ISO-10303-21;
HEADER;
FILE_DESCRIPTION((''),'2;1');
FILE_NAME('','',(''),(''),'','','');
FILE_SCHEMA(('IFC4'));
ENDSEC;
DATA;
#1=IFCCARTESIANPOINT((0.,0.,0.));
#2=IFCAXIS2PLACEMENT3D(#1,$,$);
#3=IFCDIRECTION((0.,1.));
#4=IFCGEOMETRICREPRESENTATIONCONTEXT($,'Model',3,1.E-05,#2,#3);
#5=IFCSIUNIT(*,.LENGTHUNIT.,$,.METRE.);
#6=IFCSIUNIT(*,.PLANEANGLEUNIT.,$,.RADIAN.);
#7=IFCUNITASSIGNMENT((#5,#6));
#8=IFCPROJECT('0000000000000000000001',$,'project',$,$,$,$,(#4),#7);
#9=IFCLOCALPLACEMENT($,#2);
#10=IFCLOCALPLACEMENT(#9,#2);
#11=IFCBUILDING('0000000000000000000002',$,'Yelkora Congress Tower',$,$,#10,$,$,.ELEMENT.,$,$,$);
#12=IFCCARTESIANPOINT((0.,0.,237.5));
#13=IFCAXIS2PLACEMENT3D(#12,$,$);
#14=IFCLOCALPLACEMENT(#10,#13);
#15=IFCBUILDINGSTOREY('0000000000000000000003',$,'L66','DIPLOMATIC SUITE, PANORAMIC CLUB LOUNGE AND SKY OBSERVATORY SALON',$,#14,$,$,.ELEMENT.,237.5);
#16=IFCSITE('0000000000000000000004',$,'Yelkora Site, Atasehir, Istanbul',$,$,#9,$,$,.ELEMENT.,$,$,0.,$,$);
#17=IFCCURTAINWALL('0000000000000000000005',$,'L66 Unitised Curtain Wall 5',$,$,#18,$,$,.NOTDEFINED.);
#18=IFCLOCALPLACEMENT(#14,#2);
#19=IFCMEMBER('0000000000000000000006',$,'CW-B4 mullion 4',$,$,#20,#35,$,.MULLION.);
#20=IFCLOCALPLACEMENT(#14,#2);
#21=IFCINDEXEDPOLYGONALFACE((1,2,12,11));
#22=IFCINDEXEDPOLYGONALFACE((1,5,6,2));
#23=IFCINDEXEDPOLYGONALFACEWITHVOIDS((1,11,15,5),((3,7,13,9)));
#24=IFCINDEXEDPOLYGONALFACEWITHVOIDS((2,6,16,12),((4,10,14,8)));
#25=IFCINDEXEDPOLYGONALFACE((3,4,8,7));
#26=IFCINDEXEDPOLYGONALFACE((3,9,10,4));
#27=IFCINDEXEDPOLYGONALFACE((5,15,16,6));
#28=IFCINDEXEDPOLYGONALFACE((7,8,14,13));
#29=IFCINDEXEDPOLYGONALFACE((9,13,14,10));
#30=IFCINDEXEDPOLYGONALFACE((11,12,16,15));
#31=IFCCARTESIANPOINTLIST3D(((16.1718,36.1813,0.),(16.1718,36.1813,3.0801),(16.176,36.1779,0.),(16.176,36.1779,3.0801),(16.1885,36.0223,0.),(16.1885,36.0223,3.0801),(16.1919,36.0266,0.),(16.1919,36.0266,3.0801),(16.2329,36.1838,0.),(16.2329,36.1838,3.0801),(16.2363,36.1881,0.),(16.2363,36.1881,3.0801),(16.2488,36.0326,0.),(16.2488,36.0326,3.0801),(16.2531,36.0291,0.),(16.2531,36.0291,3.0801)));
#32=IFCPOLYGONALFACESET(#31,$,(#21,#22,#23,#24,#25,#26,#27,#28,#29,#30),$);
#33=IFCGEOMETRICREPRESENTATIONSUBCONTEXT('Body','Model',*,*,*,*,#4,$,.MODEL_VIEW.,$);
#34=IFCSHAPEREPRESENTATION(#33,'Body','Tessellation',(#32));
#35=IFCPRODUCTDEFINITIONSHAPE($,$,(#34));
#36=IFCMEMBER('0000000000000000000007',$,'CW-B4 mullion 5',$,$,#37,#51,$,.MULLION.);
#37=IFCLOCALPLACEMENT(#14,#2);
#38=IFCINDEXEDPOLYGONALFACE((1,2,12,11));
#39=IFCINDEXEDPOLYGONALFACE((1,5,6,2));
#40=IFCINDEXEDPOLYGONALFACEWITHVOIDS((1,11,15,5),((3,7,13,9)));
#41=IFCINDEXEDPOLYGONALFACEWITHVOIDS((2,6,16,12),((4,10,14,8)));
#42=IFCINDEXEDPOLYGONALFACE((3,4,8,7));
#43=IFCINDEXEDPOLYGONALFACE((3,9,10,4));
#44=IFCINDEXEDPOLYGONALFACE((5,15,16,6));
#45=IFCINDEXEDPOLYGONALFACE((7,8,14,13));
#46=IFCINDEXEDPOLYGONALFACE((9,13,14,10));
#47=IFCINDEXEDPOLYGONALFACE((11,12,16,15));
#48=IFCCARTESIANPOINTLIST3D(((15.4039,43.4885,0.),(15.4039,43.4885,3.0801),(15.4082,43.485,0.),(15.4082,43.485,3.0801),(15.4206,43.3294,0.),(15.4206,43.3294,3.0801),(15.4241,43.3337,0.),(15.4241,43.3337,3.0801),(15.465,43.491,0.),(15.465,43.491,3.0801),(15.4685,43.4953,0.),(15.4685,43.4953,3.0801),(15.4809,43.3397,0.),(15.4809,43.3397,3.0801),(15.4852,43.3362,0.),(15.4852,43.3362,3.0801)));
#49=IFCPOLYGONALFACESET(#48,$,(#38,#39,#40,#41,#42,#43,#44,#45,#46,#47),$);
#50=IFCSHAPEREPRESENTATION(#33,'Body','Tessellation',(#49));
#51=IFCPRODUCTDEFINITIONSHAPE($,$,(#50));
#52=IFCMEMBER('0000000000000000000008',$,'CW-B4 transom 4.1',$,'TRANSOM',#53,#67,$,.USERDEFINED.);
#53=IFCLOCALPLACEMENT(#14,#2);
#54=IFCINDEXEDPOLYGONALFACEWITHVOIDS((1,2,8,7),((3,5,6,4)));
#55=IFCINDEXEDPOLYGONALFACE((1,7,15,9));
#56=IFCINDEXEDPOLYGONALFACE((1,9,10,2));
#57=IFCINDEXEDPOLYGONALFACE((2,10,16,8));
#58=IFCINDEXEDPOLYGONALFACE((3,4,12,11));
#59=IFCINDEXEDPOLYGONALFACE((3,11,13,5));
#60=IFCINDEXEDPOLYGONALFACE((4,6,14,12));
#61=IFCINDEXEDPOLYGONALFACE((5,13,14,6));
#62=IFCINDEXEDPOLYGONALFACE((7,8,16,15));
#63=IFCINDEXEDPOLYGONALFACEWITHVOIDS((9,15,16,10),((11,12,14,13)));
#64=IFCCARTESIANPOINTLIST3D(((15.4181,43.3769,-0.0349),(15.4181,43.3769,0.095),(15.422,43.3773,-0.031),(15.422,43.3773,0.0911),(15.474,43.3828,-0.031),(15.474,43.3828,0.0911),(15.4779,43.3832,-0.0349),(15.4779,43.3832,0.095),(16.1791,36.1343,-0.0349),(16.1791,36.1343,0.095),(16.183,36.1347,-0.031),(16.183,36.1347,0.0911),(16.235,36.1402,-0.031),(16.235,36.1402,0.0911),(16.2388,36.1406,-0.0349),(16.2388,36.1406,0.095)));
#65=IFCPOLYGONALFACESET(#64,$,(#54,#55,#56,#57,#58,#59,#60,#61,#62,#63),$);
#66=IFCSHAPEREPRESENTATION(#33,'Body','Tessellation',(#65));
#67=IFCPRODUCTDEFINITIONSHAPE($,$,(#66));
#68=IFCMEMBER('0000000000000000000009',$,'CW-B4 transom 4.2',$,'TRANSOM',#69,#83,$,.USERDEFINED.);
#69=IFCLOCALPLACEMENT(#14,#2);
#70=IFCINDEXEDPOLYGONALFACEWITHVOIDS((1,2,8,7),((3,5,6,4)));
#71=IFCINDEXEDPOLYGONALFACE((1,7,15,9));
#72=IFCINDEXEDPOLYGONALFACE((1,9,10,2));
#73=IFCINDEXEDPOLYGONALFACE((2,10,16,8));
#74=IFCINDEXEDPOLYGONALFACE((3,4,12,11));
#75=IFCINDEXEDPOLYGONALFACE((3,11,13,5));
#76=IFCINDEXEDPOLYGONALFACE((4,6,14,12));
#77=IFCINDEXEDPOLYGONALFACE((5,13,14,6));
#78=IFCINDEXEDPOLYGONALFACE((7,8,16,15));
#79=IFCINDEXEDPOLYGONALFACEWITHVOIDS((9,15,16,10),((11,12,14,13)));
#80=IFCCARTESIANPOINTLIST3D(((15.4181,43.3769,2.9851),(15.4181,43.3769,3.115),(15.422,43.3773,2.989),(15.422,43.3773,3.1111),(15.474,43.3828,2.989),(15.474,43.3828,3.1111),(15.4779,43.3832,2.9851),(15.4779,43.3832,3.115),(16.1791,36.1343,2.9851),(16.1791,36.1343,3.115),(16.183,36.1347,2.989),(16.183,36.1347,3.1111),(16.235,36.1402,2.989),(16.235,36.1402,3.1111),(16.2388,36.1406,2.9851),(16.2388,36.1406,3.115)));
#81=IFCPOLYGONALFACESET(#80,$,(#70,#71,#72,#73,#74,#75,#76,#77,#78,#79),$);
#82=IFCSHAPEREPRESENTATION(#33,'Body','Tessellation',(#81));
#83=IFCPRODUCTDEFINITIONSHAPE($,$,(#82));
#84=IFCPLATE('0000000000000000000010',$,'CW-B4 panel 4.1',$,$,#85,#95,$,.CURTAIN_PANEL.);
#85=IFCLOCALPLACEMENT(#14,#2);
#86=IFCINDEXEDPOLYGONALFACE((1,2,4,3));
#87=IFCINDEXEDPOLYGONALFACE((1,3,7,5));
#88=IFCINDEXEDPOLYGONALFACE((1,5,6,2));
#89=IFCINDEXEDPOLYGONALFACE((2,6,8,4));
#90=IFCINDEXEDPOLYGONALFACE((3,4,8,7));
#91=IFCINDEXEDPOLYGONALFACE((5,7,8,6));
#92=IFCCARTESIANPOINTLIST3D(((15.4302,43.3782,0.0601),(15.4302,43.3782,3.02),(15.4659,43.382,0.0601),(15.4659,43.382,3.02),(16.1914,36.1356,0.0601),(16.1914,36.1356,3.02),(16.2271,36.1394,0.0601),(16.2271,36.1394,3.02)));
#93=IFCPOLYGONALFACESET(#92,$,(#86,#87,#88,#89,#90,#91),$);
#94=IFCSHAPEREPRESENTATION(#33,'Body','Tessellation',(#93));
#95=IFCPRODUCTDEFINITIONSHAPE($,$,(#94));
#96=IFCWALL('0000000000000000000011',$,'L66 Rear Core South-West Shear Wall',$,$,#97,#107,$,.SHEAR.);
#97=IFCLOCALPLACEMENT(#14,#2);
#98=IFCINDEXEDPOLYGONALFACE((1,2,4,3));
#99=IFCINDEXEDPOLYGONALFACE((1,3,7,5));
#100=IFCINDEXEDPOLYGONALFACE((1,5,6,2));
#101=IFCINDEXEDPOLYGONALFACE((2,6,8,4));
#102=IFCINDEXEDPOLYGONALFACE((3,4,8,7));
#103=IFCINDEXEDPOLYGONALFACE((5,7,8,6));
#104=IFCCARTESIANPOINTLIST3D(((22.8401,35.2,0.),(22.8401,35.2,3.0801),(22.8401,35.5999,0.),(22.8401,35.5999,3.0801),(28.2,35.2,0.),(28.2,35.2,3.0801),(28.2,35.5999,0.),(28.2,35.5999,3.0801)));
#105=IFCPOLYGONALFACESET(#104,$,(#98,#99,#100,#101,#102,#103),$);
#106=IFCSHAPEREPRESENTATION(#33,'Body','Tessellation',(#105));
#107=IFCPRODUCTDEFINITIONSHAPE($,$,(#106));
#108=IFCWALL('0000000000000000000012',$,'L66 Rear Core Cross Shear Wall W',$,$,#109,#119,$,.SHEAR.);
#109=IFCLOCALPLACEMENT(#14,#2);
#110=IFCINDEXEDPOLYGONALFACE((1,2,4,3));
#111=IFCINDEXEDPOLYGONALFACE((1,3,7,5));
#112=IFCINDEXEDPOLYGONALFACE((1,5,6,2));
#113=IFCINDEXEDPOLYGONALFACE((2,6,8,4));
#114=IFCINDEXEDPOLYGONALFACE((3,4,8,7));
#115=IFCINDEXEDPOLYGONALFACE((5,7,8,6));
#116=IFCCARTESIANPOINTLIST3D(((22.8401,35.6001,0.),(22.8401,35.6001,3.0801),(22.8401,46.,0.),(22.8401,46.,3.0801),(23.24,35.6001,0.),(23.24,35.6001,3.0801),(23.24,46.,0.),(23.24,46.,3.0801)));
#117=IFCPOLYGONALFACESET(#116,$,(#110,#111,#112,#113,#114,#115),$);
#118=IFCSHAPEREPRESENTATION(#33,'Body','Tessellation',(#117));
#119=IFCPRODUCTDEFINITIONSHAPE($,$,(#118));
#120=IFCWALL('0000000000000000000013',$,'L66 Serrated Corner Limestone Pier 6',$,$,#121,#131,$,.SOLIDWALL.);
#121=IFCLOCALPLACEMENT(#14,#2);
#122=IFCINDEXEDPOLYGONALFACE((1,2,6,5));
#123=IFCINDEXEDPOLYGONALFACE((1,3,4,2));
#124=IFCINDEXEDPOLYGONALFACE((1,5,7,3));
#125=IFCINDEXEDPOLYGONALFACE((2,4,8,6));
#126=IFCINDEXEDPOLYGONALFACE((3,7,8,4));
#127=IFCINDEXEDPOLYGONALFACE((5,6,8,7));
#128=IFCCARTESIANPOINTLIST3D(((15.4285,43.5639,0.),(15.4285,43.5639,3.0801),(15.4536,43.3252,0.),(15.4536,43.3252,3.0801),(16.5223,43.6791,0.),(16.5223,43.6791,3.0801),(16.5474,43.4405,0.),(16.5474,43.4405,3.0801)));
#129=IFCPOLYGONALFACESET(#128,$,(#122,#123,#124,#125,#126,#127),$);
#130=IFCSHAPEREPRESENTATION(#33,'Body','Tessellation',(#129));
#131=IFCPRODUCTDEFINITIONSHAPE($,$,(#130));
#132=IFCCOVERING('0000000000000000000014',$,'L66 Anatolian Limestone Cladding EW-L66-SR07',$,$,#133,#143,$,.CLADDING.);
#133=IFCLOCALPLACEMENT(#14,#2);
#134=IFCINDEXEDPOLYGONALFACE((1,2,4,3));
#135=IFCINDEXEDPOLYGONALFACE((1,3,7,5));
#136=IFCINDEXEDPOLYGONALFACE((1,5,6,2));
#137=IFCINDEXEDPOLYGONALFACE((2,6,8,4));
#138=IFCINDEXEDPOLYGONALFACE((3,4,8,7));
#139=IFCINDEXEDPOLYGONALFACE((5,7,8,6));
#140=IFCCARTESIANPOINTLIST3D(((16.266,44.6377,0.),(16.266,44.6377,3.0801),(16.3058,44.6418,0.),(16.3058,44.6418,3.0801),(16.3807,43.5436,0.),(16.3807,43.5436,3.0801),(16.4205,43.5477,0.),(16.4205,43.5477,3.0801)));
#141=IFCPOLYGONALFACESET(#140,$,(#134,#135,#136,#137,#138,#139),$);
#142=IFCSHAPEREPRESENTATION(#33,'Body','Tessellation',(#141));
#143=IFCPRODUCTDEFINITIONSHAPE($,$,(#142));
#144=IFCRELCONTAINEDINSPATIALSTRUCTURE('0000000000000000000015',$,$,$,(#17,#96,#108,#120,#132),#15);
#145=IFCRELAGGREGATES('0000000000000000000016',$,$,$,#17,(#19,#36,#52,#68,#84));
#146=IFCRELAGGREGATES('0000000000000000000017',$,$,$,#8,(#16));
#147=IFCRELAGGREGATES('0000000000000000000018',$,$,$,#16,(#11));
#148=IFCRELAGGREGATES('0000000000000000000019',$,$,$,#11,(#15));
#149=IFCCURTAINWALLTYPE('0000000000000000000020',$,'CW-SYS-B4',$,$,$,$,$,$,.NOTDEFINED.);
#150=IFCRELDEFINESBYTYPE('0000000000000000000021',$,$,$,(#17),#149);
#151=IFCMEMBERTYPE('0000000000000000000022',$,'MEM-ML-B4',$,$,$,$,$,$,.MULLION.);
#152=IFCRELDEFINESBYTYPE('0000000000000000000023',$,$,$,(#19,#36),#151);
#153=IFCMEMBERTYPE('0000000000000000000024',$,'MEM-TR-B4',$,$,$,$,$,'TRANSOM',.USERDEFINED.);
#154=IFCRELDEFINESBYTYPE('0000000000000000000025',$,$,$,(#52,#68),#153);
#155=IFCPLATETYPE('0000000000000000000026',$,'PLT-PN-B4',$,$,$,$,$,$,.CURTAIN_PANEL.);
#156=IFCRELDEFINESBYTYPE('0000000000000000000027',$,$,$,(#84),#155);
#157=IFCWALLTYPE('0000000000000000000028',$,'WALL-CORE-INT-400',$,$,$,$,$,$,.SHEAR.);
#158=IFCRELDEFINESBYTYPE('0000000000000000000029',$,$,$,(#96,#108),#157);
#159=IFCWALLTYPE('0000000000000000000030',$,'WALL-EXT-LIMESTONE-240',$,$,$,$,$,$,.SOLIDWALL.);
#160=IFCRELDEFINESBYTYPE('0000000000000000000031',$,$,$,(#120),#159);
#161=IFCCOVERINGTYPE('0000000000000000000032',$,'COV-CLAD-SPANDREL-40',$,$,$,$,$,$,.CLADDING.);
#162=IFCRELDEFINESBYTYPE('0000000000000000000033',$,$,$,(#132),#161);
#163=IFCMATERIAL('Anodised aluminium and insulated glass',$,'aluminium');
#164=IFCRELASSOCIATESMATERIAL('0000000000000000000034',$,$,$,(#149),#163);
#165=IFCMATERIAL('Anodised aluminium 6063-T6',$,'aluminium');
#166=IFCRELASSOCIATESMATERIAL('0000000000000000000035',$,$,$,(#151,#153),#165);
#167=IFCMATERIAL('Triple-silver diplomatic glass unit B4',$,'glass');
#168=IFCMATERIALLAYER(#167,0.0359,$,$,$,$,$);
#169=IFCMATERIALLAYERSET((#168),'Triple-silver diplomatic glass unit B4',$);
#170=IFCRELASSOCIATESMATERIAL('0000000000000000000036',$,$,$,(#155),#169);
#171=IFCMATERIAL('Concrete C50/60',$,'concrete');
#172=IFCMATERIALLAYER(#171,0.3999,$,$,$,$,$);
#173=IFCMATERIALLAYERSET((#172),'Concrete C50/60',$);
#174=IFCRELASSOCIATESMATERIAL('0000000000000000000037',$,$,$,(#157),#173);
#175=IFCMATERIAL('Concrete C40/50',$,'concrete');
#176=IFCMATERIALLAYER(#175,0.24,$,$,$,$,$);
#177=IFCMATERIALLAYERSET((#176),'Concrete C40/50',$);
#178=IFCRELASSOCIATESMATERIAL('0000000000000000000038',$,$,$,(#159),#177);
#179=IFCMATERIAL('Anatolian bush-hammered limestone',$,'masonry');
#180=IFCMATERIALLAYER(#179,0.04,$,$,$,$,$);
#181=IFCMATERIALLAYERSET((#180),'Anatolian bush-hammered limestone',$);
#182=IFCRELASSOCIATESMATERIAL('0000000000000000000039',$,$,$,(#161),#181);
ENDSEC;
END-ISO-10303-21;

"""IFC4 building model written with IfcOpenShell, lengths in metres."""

from ifc_helpers import new_model, si_unit, direction, frame, frame_2d, origin, origin_2d, place, context, subcontext, project, spatial, rectangle, hollow_rectangle, extrude, material, layer, layer_set, material_profile, profile_set, type_object, element, aggregate, save


model = new_model("IFC4")

# Units and contexts
model_context = context("Model", 3, precision=1e-05, world=origin(), true_north=direction((0.0, 1.0)))
body_context = subcontext(model_context, "Body", "Model", "MODEL_VIEW")
ifc_project = project(units=[si_unit("LENGTHUNIT", "METRE"), si_unit("PLANEANGLEUNIT", "RADIAN")], contexts=[model_context])

# Site, building, storey
site_placement = place(None, origin())
site = spatial("IfcSite", under=ifc_project, at=site_placement, Name="Yelkora Site, Atasehir, Istanbul", CompositionType="ELEMENT", RefElevation=0.0)
building_placement = place(site_placement, origin())
building = spatial("IfcBuilding", under=site, at=building_placement, Name="Yelkora Congress Tower", CompositionType="ELEMENT")
storey_placement = place(building_placement, frame((0.0, 0.0, 237.5)))
storey = spatial("IfcBuildingStorey", under=building, at=storey_placement, Name="L66", Description="DIPLOMATIC SUITE, PANORAMIC CLUB LOUNGE AND SKY OBSERVATORY SALON", CompositionType="ELEMENT", Elevation=237.5)

# Curtain wall, members, plate
ifc_material_1 = material(Name="Anodised aluminium and insulated glass", Category="aluminium")
curtain_wall_type = type_object("IfcCurtainWallType", Name="CW-SYS-B4", PredefinedType="NOTDEFINED", material=ifc_material_1)
curtain_wall_placement = place(storey_placement, origin())
curtain_wall = element("IfcCurtainWall", 1, at=curtain_wall_placement, inside=storey, type_object=curtain_wall_type, Name="L66 Unitised Curtain Wall 5", PredefinedType="NOTDEFINED")
ifc_material_2 = material(Name="Anodised aluminium 6063-T6", Category="aluminium")
ifc_material_profile_1 = material_profile(ifc_material_2, hollow_rectangle(XDim=0.0649, YDim=0.1599, WallThickness=0.0039, at=origin_2d()), Name="ALU 65x160x4")
ifc_profile_set_1 = profile_set([ifc_material_profile_1], Name="Anodised aluminium 6063-T6")
member_type_1 = type_object("IfcMemberType", Name="MEM-ML-B4", PredefinedType="MULLION", material=ifc_profile_set_1)
member_1_placement = place(storey_placement, frame((16.2124, 36.1052, 0.0), z_axis=(0.0, 0.0, 1.0), x_axis=(-0.994522, -0.104526, 0.0)))
member_1 = element("IfcMember", 2, at=member_1_placement, type_object=member_type_1, Name="CW-B4 mullion 4", PredefinedType="MULLION", context=body_context, shape_type="SweptSolid", body=[
    extrude(hollow_rectangle(XDim=0.0649, YDim=0.1599, WallThickness=0.0039, at=origin_2d()), origin(), (0.0, 0.0, 1.0), 3.0801),
])
member_2_placement = place(storey_placement, frame((15.4446, 43.4124, 0.0), z_axis=(0.0, 0.0, 1.0), x_axis=(-0.994522, -0.104526, 0.0)))
member_2 = element("IfcMember", 3, at=member_2_placement, type_object=member_type_1, Name="CW-B4 mullion 5", PredefinedType="MULLION", context=body_context, shape_type="SweptSolid", body=[
    extrude(hollow_rectangle(XDim=0.0649, YDim=0.1599, WallThickness=0.0039, at=origin_2d()), origin(), (0.0, 0.0, 1.0), 3.0801),
])
ifc_material_profile_2 = material_profile(ifc_material_2, hollow_rectangle(XDim=0.0601, YDim=0.1299, WallThickness=0.0039, at=origin_2d()), Name="ALU 60x130x4")
ifc_profile_set_2 = profile_set([ifc_material_profile_2], Name="Anodised aluminium 6063-T6")
member_type_2 = type_object("IfcMemberType", Name="MEM-TR-B4", ElementType="TRANSOM", PredefinedType="USERDEFINED", material=ifc_profile_set_2)
member_3_placement = place(storey_placement, frame((16.209, 36.1375, 0.03), z_axis=(-0.104495, 0.994525, 0.0), x_axis=(-0.994525, -0.104495, 0.0)))
member_3 = element("IfcMember", 4, at=member_3_placement, type_object=member_type_2, Name="CW-B4 transom 4.1", ObjectType="TRANSOM", PredefinedType="USERDEFINED", context=body_context, shape_type="SweptSolid", body=[
    extrude(hollow_rectangle(XDim=0.0601, YDim=0.1299, WallThickness=0.0039, at=origin_2d()), origin(), (0.0, 0.0, 1.0), 7.2825),
])
member_4_placement = place(storey_placement, frame((16.209, 36.1375, 3.05), z_axis=(-0.104495, 0.994525, 0.0), x_axis=(-0.994525, -0.104495, 0.0)))
member_4 = element("IfcMember", 5, at=member_4_placement, type_object=member_type_2, Name="CW-B4 transom 4.2", ObjectType="TRANSOM", PredefinedType="USERDEFINED", context=body_context, shape_type="SweptSolid", body=[
    extrude(hollow_rectangle(XDim=0.0601, YDim=0.1299, WallThickness=0.0039, at=origin_2d()), origin(), (0.0, 0.0, 1.0), 7.2825),
])
ifc_material_3 = material(Name="Triple-silver diplomatic glass unit B4", Category="glass")
ifc_layer_1 = layer(ifc_material_3, 0.0359)
ifc_layer_set_1 = layer_set([ifc_layer_1], Name="Triple-silver diplomatic glass unit B4")
plate_type = type_object("IfcPlateType", Name="PLT-PN-B4", PredefinedType="CURTAIN_PANEL", material=ifc_layer_set_1)
plate_placement = place(storey_placement, frame((15.8286, 39.7588, 0.0601), z_axis=(0.0, 0.0, 1.0), x_axis=(-0.104526, 0.994522, 0.0)))
plate = element("IfcPlate", 6, at=plate_placement, type_object=plate_type, Name="CW-B4 panel 4.1", PredefinedType="CURTAIN_PANEL", context=body_context, shape_type="SweptSolid", body=[
    extrude(rectangle(XDim=7.2825, YDim=0.0359, at=origin_2d()), origin(), (0.0, 0.0, 1.0), 2.96),
])
aggregate(curtain_wall, [member_1, member_2, member_3, member_4, plate])

# Walls
ifc_material_4 = material(Name="Concrete C50/60", Category="concrete")
ifc_layer_2 = layer(ifc_material_4, 0.3999)
ifc_layer_set_2 = layer_set([ifc_layer_2], Name="Concrete C50/60")
wall_type_1 = type_object("IfcWallType", Name="WALL-CORE-INT-400", PredefinedType="SHEAR", material=ifc_layer_set_2)
wall_1_placement = place(storey_placement, frame((22.8401, 35.3999, 0.0), z_axis=(0.0, 0.0, 1.0), x_axis=(1.0, 0.0, 0.0)))
element("IfcWall", 7, at=wall_1_placement, inside=storey, type_object=wall_type_1, Name="L66 Rear Core South-West Shear Wall", PredefinedType="SHEAR", context=body_context, shape_type="SweptSolid", body=[
    extrude(rectangle(XDim=5.3599, YDim=0.3999, at=frame_2d((2.6799, 0.0))), origin(), (0.0, 0.0, 1.0), 3.0801),
])
wall_2_placement = place(storey_placement, frame((23.04, 35.6001, 0.0), z_axis=(0.0, 0.0, 1.0), x_axis=(0.0, 1.0, 0.0)))
element("IfcWall", 8, at=wall_2_placement, inside=storey, type_object=wall_type_1, Name="L66 Rear Core Cross Shear Wall W", PredefinedType="SHEAR", context=body_context, shape_type="SweptSolid", body=[
    extrude(rectangle(XDim=10.3999, YDim=0.3999, at=frame_2d((5.2, 0.0))), origin(), (0.0, 0.0, 1.0), 3.0801),
])
ifc_material_5 = material(Name="Concrete C40/50", Category="concrete")
ifc_layer_3 = layer(ifc_material_5, 0.24)
ifc_layer_set_3 = layer_set([ifc_layer_3], Name="Concrete C40/50")
wall_type_2 = type_object("IfcWallType", Name="WALL-EXT-LIMESTONE-240", PredefinedType="SOLIDWALL", material=ifc_layer_set_3)
wall_3_placement = place(storey_placement, frame((15.4412, 43.4446, 0.0), z_axis=(0.0, 0.0, 1.0), x_axis=(0.994496, 0.104777, 0.0)))
element("IfcWall", 9, at=wall_3_placement, inside=storey, type_object=wall_type_2, Name="L66 Serrated Corner Limestone Pier 6", PredefinedType="SOLIDWALL", context=body_context, shape_type="SweptSolid", body=[
    extrude(rectangle(XDim=1.0999, YDim=0.24, at=frame_2d((0.5498, 0.0))), origin(), (0.0, 0.0, 1.0), 3.0801),
])

# Covering
ifc_material_6 = material(Name="Anatolian bush-hammered limestone", Category="masonry")
ifc_layer_4 = layer(ifc_material_6, 0.04)
ifc_layer_set_4 = layer_set([ifc_layer_4], Name="Anatolian bush-hammered limestone")
covering_type = type_object("IfcCoveringType", Name="COV-CLAD-SPANDREL-40", PredefinedType="CLADDING", material=ifc_layer_set_4)
covering_placement = place(storey_placement, frame((16.4006, 43.5457, 0.0), z_axis=(0.0, 0.0, 1.0), x_axis=(-0.104315, 0.994544, 0.0)))
element("IfcCovering", 10, at=covering_placement, inside=storey, type_object=covering_type, Name="L66 Anatolian Limestone Cladding EW-L66-SR07", PredefinedType="CLADDING", context=body_context, shape_type="SweptSolid", body=[
    extrude(rectangle(XDim=1.1001, YDim=0.04, at=frame_2d((0.55, 0.0))), origin(), (0.0, 0.0, 1.0), 3.0801),
])

save(model, "model.ifc")
